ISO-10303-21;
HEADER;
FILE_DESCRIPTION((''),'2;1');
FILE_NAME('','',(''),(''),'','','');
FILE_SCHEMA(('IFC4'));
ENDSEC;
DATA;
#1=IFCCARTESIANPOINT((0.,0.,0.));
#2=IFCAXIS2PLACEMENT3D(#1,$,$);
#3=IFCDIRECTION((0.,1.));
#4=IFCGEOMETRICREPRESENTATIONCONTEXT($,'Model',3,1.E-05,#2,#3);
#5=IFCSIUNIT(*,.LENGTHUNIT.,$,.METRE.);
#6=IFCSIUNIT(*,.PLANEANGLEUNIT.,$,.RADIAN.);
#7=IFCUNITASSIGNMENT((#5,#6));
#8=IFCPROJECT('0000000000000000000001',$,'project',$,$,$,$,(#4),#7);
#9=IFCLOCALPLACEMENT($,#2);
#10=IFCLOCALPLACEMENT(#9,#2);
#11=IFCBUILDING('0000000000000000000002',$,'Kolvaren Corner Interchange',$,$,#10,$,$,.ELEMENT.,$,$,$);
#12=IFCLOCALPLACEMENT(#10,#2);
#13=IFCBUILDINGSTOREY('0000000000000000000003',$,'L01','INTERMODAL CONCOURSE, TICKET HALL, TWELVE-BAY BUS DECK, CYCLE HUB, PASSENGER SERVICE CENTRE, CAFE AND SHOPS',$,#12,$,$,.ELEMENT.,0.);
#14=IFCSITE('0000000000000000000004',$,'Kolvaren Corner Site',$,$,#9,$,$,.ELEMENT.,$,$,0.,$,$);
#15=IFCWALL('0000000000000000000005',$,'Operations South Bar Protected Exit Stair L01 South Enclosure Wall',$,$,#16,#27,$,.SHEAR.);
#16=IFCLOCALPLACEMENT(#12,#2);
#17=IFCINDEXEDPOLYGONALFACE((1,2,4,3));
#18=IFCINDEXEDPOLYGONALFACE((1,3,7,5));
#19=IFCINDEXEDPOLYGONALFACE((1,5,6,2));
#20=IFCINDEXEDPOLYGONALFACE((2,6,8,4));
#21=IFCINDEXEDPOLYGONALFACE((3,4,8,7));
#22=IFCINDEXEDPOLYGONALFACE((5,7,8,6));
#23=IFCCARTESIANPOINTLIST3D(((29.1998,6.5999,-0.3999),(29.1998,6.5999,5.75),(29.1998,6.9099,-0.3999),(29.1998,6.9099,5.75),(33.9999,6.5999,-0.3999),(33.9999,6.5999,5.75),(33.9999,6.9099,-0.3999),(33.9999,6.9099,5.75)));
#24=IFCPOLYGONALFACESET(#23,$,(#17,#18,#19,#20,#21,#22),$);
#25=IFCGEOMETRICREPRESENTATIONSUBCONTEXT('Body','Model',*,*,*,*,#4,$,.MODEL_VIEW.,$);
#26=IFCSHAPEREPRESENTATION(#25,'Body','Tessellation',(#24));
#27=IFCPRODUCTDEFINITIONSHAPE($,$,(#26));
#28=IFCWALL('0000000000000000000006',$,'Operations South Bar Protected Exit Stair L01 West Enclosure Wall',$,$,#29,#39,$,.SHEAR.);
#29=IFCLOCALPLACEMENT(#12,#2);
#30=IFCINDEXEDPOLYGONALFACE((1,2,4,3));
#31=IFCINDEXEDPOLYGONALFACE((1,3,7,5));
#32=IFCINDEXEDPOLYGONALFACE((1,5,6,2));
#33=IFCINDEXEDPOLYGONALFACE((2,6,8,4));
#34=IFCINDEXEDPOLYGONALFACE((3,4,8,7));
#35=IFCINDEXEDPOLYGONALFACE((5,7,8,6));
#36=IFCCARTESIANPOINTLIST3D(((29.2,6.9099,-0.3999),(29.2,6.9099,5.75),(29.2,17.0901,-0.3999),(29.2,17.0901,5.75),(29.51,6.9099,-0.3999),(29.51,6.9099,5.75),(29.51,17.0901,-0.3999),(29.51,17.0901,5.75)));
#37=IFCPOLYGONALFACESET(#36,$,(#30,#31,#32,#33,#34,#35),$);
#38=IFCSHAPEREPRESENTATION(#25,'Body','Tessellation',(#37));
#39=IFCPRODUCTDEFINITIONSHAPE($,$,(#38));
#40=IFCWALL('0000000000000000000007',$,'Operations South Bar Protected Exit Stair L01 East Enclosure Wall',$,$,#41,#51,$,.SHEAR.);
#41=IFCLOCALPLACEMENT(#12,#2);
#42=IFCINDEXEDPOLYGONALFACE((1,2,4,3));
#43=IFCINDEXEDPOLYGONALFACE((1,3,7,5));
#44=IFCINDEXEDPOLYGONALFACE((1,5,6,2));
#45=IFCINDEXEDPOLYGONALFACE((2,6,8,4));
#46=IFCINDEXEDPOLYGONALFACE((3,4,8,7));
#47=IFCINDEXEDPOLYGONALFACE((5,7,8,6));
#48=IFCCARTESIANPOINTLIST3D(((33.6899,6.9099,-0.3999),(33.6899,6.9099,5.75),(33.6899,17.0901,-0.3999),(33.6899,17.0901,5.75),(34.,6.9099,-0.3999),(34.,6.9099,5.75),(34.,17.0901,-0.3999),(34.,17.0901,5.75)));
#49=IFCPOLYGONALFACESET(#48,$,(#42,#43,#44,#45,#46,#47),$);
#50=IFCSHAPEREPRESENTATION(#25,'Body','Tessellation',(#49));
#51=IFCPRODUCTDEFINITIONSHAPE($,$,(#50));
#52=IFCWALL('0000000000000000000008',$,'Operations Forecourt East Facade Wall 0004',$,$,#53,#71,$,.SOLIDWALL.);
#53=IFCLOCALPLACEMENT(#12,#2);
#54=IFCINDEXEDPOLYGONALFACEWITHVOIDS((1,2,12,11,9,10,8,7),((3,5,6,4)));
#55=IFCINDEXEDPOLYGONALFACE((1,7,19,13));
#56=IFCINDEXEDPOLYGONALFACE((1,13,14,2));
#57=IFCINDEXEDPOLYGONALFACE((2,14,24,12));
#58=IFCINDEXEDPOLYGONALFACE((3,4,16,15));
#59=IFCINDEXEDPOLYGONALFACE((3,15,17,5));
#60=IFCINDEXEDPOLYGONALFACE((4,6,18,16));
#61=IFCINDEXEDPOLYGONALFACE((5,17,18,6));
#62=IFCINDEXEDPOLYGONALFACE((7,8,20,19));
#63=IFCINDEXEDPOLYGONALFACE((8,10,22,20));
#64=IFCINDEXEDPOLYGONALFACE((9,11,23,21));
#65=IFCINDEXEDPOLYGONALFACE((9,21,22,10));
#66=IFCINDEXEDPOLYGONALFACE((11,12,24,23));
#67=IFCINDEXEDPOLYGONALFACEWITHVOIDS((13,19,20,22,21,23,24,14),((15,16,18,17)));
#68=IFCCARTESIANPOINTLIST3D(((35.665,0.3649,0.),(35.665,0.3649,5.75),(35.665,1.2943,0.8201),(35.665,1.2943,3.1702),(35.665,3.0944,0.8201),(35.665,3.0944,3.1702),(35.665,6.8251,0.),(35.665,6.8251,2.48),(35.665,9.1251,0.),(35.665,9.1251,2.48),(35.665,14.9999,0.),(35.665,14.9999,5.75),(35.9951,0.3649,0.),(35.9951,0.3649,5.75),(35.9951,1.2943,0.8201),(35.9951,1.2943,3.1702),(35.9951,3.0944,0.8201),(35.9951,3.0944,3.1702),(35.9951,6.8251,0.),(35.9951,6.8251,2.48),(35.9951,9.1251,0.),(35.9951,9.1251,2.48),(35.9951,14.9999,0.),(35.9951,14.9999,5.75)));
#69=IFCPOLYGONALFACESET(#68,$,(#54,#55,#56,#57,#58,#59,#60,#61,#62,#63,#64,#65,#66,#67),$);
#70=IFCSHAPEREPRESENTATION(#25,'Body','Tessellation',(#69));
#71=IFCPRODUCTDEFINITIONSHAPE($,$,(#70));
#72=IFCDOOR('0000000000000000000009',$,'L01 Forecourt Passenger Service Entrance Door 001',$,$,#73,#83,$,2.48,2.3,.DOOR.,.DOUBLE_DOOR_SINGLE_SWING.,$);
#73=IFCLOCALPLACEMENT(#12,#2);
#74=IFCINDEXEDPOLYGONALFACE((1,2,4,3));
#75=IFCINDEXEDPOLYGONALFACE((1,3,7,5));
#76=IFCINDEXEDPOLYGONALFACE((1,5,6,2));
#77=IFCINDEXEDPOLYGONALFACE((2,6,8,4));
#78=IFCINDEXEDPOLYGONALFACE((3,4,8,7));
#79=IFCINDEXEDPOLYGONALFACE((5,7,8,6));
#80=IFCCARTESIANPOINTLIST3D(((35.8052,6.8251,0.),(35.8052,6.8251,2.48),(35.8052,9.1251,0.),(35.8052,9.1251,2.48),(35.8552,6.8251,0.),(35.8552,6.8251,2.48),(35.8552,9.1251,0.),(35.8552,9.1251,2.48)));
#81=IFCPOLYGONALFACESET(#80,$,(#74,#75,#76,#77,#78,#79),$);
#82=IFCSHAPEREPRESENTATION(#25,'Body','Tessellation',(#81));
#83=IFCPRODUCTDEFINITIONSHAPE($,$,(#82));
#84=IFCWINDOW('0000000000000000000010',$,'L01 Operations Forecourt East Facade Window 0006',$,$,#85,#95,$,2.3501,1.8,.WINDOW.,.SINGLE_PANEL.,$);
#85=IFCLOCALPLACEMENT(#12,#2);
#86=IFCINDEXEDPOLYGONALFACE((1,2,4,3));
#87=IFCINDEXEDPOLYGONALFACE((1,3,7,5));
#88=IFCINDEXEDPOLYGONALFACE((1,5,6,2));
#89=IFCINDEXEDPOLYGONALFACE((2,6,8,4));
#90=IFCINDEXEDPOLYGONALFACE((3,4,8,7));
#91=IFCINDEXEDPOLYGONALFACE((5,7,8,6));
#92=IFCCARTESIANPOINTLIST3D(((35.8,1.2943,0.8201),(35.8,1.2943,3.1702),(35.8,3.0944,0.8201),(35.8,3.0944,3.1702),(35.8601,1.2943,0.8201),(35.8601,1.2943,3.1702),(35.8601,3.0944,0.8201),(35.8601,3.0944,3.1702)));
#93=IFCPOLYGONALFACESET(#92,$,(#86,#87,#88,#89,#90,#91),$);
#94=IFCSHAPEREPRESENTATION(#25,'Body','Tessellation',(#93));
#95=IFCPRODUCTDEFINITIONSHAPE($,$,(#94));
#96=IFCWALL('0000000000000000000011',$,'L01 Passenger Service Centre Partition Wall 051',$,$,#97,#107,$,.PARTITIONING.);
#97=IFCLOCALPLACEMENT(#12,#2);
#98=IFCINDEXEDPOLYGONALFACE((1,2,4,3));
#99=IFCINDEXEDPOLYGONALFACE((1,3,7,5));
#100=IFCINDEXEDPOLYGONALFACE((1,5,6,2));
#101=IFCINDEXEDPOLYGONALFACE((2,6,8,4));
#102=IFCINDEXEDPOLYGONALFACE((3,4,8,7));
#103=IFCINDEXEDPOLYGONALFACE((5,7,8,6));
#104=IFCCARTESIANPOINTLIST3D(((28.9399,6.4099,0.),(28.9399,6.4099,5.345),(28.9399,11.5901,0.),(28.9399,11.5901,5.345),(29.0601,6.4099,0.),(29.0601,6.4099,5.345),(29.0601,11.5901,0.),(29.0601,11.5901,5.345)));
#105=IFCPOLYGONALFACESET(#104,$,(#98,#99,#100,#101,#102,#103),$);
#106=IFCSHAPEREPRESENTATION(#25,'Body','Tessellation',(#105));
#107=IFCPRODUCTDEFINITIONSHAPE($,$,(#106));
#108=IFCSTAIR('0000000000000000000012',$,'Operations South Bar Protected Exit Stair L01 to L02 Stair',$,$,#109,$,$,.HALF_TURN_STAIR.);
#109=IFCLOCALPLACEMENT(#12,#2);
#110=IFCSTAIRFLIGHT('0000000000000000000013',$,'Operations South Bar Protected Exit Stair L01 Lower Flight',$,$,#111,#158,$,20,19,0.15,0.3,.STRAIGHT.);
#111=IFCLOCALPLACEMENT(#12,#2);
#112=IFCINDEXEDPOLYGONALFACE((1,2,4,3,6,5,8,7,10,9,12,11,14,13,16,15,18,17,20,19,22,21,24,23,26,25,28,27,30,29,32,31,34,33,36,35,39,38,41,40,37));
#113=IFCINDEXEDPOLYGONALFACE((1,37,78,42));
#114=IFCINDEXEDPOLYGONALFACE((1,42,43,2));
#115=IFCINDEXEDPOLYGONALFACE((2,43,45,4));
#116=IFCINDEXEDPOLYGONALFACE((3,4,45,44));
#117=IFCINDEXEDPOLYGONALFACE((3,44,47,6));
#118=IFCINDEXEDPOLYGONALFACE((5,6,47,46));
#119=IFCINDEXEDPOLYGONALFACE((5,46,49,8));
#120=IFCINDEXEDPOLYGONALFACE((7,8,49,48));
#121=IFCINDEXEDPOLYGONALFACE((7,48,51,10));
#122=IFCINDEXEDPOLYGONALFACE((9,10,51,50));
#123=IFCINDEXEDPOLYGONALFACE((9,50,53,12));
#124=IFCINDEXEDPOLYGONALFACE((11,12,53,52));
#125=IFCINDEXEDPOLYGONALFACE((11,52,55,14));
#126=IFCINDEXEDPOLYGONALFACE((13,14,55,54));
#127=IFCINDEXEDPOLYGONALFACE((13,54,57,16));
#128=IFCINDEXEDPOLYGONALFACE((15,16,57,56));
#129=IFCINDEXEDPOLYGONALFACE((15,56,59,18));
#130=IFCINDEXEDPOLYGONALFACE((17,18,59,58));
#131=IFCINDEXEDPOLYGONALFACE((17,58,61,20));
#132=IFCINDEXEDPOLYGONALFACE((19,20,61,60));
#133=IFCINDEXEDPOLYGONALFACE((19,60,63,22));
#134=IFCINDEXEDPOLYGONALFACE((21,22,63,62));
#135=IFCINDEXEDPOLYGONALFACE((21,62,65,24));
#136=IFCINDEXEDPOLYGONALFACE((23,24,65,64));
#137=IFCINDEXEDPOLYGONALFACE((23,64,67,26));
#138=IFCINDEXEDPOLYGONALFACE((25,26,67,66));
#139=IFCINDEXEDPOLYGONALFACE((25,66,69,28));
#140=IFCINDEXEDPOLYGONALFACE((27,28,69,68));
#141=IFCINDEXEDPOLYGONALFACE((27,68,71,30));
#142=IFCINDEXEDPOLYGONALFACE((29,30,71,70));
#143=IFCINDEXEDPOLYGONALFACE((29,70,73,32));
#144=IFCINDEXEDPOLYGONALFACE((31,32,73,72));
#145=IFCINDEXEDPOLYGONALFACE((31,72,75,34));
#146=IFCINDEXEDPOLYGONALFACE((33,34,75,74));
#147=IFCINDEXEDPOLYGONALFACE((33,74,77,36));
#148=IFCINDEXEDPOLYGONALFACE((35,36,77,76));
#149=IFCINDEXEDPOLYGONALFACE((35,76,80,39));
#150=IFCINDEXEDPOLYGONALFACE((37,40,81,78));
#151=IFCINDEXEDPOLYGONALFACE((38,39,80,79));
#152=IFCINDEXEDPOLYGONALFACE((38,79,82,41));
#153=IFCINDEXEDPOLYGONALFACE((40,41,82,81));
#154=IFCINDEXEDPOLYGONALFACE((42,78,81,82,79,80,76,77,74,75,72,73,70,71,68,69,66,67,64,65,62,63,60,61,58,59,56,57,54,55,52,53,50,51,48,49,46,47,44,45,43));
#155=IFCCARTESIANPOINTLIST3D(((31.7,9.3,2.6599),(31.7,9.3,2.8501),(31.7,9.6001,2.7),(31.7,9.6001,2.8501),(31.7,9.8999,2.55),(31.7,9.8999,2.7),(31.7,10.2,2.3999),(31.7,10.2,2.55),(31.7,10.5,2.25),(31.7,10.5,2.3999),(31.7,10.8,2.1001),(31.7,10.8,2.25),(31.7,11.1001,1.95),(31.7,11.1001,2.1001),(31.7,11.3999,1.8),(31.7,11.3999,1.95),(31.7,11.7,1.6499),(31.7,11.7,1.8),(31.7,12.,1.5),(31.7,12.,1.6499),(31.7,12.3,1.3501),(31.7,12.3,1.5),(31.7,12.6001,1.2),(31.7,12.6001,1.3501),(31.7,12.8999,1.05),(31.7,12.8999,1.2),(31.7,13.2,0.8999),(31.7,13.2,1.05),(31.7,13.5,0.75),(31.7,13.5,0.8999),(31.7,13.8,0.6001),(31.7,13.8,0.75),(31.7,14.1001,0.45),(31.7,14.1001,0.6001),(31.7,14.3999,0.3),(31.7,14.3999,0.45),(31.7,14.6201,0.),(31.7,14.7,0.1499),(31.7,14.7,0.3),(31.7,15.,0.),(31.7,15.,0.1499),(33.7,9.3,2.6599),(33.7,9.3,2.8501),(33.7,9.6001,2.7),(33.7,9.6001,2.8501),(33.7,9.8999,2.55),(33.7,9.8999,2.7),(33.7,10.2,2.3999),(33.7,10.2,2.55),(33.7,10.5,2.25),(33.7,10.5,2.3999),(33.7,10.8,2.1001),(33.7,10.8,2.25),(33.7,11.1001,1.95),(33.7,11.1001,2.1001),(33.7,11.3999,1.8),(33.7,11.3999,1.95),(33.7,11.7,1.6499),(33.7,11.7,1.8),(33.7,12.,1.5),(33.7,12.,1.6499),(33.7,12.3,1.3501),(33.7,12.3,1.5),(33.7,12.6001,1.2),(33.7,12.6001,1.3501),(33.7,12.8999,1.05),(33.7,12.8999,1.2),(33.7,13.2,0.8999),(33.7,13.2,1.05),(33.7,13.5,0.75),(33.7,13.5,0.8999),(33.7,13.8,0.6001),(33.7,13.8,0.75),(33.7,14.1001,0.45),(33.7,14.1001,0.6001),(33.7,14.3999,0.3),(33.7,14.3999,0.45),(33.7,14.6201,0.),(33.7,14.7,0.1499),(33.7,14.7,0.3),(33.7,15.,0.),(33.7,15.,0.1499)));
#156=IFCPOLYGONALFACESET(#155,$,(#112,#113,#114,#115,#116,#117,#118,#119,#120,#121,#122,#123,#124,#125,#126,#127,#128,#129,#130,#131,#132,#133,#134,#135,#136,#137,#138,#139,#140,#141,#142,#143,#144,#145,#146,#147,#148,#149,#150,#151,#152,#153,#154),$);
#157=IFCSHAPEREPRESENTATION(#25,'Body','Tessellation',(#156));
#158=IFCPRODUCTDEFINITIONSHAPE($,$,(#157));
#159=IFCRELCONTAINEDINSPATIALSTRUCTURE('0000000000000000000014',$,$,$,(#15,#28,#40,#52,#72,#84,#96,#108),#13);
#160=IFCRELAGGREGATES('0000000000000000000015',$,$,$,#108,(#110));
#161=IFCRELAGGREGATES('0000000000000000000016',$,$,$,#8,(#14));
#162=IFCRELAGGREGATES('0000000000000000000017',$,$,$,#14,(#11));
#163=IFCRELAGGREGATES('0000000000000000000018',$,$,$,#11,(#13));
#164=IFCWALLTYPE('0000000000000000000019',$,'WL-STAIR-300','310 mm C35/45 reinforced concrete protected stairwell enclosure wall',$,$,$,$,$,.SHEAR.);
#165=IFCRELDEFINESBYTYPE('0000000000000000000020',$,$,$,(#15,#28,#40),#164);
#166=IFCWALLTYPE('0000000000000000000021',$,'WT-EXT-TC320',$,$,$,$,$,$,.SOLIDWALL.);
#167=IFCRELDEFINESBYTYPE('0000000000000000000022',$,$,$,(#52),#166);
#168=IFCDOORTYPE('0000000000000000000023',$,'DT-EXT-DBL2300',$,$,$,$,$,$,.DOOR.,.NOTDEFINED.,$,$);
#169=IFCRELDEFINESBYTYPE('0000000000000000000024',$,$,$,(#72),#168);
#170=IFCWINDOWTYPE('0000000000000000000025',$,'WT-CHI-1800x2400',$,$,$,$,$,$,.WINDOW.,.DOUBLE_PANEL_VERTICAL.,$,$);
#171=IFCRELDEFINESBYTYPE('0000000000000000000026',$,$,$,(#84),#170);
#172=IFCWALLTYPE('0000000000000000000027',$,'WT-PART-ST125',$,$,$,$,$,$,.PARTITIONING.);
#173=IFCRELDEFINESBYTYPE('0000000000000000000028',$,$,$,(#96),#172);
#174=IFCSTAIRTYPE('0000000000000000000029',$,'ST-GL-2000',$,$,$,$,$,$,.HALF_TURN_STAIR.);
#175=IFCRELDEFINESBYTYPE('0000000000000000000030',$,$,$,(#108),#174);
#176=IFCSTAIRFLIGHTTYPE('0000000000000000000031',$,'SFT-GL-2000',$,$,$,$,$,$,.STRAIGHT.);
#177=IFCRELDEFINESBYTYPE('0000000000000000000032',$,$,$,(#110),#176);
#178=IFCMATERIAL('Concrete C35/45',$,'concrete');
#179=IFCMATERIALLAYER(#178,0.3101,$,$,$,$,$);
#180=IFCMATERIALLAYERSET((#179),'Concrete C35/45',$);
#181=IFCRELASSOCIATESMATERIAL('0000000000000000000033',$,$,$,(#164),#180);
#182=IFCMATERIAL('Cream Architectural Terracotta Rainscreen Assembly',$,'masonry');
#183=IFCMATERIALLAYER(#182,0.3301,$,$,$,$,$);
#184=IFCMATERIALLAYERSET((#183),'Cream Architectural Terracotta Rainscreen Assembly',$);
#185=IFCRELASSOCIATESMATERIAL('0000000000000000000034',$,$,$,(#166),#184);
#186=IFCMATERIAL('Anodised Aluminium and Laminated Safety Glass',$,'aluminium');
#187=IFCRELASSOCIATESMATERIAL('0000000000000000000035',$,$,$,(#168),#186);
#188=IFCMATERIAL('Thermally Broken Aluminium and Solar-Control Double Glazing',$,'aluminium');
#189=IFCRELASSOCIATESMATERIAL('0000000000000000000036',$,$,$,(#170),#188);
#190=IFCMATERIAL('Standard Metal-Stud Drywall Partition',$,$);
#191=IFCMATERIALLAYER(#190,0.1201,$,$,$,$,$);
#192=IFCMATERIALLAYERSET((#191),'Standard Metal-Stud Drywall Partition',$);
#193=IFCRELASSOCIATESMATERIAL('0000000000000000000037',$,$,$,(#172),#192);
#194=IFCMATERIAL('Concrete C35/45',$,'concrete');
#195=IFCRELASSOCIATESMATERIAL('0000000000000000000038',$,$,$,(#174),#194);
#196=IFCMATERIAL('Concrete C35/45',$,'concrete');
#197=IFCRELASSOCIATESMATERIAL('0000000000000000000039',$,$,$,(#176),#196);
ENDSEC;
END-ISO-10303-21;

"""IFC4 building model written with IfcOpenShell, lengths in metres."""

from ifc_helpers import new_model, si_unit, direction, frame, frame_2d, origin, place, context, subcontext, project, spatial, polyline, rectangle, outline, extrude, material, layer, layer_set, type_object, element, fill, aggregate, save


model = new_model("IFC4")

# Units and contexts
model_context = context("Model", 3, precision=1e-05, world=origin(), true_north=direction((0.0, 1.0)))
body_context = subcontext(model_context, "Body", "Model", "MODEL_VIEW")
ifc_project = project(units=[si_unit("LENGTHUNIT", "METRE"), si_unit("PLANEANGLEUNIT", "RADIAN")], contexts=[model_context])

# Site, building, storey
site_placement = place(None, origin())
site = spatial("IfcSite", under=ifc_project, at=site_placement, Name="Kolvaren Corner Site", CompositionType="ELEMENT", RefElevation=0.0)
building_placement = place(site_placement, origin())
building = spatial("IfcBuilding", under=site, at=building_placement, Name="Kolvaren Corner Interchange", CompositionType="ELEMENT")
storey_placement = place(building_placement, origin())
storey = spatial("IfcBuildingStorey", under=building, at=storey_placement, Name="L01", Description="INTERMODAL CONCOURSE, TICKET HALL, TWELVE-BAY BUS DECK, CYCLE HUB, PASSENGER SERVICE CENTRE, CAFE AND SHOPS", CompositionType="ELEMENT", Elevation=0.0)

# Walls
ifc_material_1 = material(Name="Concrete C35/45", Category="concrete")
ifc_layer_1 = layer(ifc_material_1, 0.3101)
ifc_layer_set_1 = layer_set([ifc_layer_1], Name="Concrete C35/45")
wall_type_1 = type_object("IfcWallType", Name="WL-STAIR-300", Description="310 mm C35/45 reinforced concrete protected stairwell enclosure wall", PredefinedType="SHEAR", material=ifc_layer_set_1)
wall_1_placement = place(storey_placement, frame((29.2, 6.7549, -0.3999), z_axis=(0.0, 0.0, 1.0), x_axis=(1.0, 0.0, 0.0)))
element("IfcWall", 1, at=wall_1_placement, inside=storey, type_object=wall_type_1, Name="Operations South Bar Protected Exit Stair L01 South Enclosure Wall", PredefinedType="SHEAR", context=body_context, shape_type="SweptSolid", body=[
    extrude(rectangle(XDim=4.8, YDim=0.3101, at=frame_2d((2.3999, 0.0))), origin(), (0.0, 0.0, 1.0), 6.1499),
])
for number, where, z_axis, x_axis, name in (
    (2, (29.355, 6.9099, -0.3999), (0.0, 0.0, 1.0), (0.0, 1.0, 0.0), "Operations South Bar Protected Exit Stair L01 West Enclosure Wall"),
    (3, (33.845, 6.9099, -0.3999), (0.0, 0.0, 1.0), (0.0, 1.0, 0.0), "Operations South Bar Protected Exit Stair L01 East Enclosure Wall"),
):
    element("IfcWall", number, at=place(storey_placement, frame(where, z_axis=z_axis, x_axis=x_axis)), inside=storey, type_object=wall_type_1, Name=name, PredefinedType="SHEAR", context=body_context, shape_type="SweptSolid", body=[
        extrude(rectangle(XDim=10.1802, YDim=0.3101, at=frame_2d((5.0901, 0.0))), origin(), (0.0, 0.0, 1.0), 6.1499),
    ])

# Wall, openings, door, window
ifc_material_2 = material(Name="Cream Architectural Terracotta Rainscreen Assembly", Category="masonry")
ifc_layer_2 = layer(ifc_material_2, 0.3301)
ifc_layer_set_2 = layer_set([ifc_layer_2], Name="Cream Architectural Terracotta Rainscreen Assembly")
wall_type_2 = type_object("IfcWallType", Name="WT-EXT-TC320", PredefinedType="SOLIDWALL", material=ifc_layer_set_2)
wall_2_placement = place(storey_placement, frame((35.8301, 0.365, 0.0), z_axis=(0.0, 0.0, 1.0), x_axis=(0.0, 1.0, 0.0)))
wall_2 = element("IfcWall", 4, at=wall_2_placement, inside=storey, type_object=wall_type_2, Name="Operations Forecourt East Facade Wall 0004", PredefinedType="SOLIDWALL", context=body_context, shape_type="SweptSolid", body=[
    extrude(rectangle(XDim=14.635, YDim=0.3301, at=frame_2d((7.3174, 0.0))), origin(), (0.0, 0.0, 1.0), 5.75),
])
opening_1_placement = place(wall_2_placement, frame((6.4602, 0.0, 0.0)))
opening_1 = element("IfcOpeningElement", 5, at=opening_1_placement, cuts=wall_2, PredefinedType="OPENING", context=body_context, shape_type="SweptSolid", body=[
    extrude(rectangle(XDim=2.3, YDim=2.48, at=frame_2d((1.1499, 1.24))), frame((0.0, 0.175, 0.0), z_axis=(0.0, -1.0, 0.0), x_axis=(1.0, 0.0, 0.0)), (0.0, 0.0, 1.0), 0.3501),
])
opening_2_placement = place(wall_2_placement, frame((0.9294, 0.0, 0.8201)))
opening_2 = element("IfcOpeningElement", 6, at=opening_2_placement, cuts=wall_2, PredefinedType="OPENING", context=body_context, shape_type="SweptSolid", body=[
    extrude(rectangle(XDim=1.8, YDim=2.3501, at=frame_2d((0.8999, 1.175))), frame((0.0, 0.175, 0.0), z_axis=(0.0, -1.0, 0.0), x_axis=(1.0, 0.0, 0.0)), (0.0, 0.0, 1.0), 0.3501),
])
ifc_material_3 = material(Name="Anodised Aluminium and Laminated Safety Glass", Category="aluminium")
door_type_1 = type_object("IfcDoorType", Name="DT-EXT-DBL2300", OperationType="NOTDEFINED", PredefinedType="DOOR", material=ifc_material_3)
door_1_placement = place(opening_1_placement, origin())
door_1 = element("IfcDoor", 7, at=door_1_placement, inside=storey, type_object=door_type_1, Name="L01 Forecourt Passenger Service Entrance Door 001", OperationType="DOUBLE_DOOR_SINGLE_SWING", OverallHeight=2.48, OverallWidth=2.3, PredefinedType="DOOR", context=body_context, shape_type="SweptSolid", body=[
    extrude(rectangle(XDim=2.3, YDim=2.48, at=frame_2d((1.1499, 1.24))), frame((0.0, 0.0249, 0.0), z_axis=(0.0, -1.0, 0.0), x_axis=(1.0, 0.0, 0.0)), (0.0, 0.0, 1.0), 0.05),
])
fill(opening_1, door_1)
ifc_material_4 = material(Name="Thermally Broken Aluminium and Solar-Control Double Glazing", Category="aluminium")
window_type = type_object("IfcWindowType", Name="WT-CHI-1800x2400", PartitioningType="DOUBLE_PANEL_VERTICAL", PredefinedType="WINDOW", material=ifc_material_4)
window_placement = place(opening_2_placement, origin())
window = element("IfcWindow", 8, at=window_placement, inside=storey, type_object=window_type, Name="L01 Operations Forecourt East Facade Window 0006", OverallHeight=2.3501, OverallWidth=1.8, PartitioningType="SINGLE_PANEL", PredefinedType="WINDOW", context=body_context, shape_type="SweptSolid", body=[
    extrude(rectangle(XDim=1.8, YDim=2.3501, at=frame_2d((0.8999, 1.175))), frame((0.0, 0.03, 0.0), z_axis=(0.0, -1.0, 0.0), x_axis=(1.0, 0.0, 0.0)), (0.0, 0.0, 1.0), 0.0601),
])
fill(opening_2, window)

# Wall
ifc_material_5 = material(Name="Standard Metal-Stud Drywall Partition")
ifc_layer_3 = layer(ifc_material_5, 0.1201)
ifc_layer_set_3 = layer_set([ifc_layer_3], Name="Standard Metal-Stud Drywall Partition")
wall_type_3 = type_object("IfcWallType", Name="WT-PART-ST125", PredefinedType="PARTITIONING", material=ifc_layer_set_3)
wall_3_placement = place(storey_placement, frame((29.0, 6.4099, 0.0), z_axis=(0.0, 0.0, 1.0), x_axis=(0.0, 1.0, 0.0)))
element("IfcWall", 9, at=wall_3_placement, inside=storey, type_object=wall_type_3, Name="L01 Passenger Service Centre Partition Wall 051", PredefinedType="PARTITIONING", context=body_context, shape_type="SweptSolid", body=[
    extrude(rectangle(XDim=5.1802, YDim=0.1201, at=frame_2d((2.5901, 0.0))), origin(), (0.0, 0.0, 1.0), 5.345),
])

# Stair, stair flight
ifc_material_6 = material(Name="Concrete C35/45", Category="concrete")
stair_type = type_object("IfcStairType", Name="ST-GL-2000", PredefinedType="HALF_TURN_STAIR", material=ifc_material_6)
stair_placement = place(storey_placement, origin())
stair = element("IfcStair", 10, at=stair_placement, inside=storey, type_object=stair_type, Name="Operations South Bar Protected Exit Stair L01 to L02 Stair", PredefinedType="HALF_TURN_STAIR")
ifc_material_7 = material(Name="Concrete C35/45", Category="concrete")
stair_flight_type = type_object("IfcStairFlightType", Name="SFT-GL-2000", PredefinedType="STRAIGHT", material=ifc_material_7)
stair_flight_1_placement = place(storey_placement, frame((32.7, 15.0, 0.0), z_axis=(0.0, 0.0, 1.0), x_axis=(0.0, -1.0, 0.0)))
stair_flight_1 = element("IfcStairFlight", 11, at=stair_flight_1_placement, type_object=stair_flight_type, Name="Operations South Bar Protected Exit Stair L01 Lower Flight", NumberOfRisers=20, NumberOfTreads=19, PredefinedType="STRAIGHT", RiserHeight=0.15, TreadLength=0.3, context=body_context, shape_type="SweptSolid", body=[
    extrude(outline(polyline([(0.0, 0.0), (0.0, 0.1499), (0.3, 0.1499), (0.3, 0.3), (0.6001, 0.3), (0.6001, 0.45), (0.8999, 0.45), (0.8999, 0.6001), (1.2, 0.6001), (1.2, 0.75), (1.5, 0.75), (1.5, 0.8999), (1.8, 0.8999), (1.8, 1.05), (2.1001, 1.05), (2.1001, 1.2), (2.3999, 1.2), (2.3999, 1.3501), (2.7, 1.3501), (2.7, 1.5), (3.0, 1.5), (3.0, 1.6499), (3.3, 1.6499), (3.3, 1.8), (3.6001, 1.8), (3.6001, 1.95), (3.8999, 1.95), (3.8999, 2.1001), (4.2, 2.1001), (4.2, 2.25), (4.5, 2.25), (4.5, 2.3999), (4.8, 2.3999), (4.8, 2.55), (5.1001, 2.55), (5.1001, 2.7), (5.3999, 2.7), (5.3999, 2.8501), (5.7, 2.8501), (5.7, 3.0), (5.7, 2.6599), (0.3799, 0.0), (0.0, 0.0)])), frame((0.0, 1.0, 0.0), z_axis=(0.0, -1.0, 0.0), x_axis=(1.0, 0.0, 0.0)), (0.0, 0.0, 1.0), 2.0),
])
aggregate(stair, [stair_flight_1])

save(model, "model.ifc")
